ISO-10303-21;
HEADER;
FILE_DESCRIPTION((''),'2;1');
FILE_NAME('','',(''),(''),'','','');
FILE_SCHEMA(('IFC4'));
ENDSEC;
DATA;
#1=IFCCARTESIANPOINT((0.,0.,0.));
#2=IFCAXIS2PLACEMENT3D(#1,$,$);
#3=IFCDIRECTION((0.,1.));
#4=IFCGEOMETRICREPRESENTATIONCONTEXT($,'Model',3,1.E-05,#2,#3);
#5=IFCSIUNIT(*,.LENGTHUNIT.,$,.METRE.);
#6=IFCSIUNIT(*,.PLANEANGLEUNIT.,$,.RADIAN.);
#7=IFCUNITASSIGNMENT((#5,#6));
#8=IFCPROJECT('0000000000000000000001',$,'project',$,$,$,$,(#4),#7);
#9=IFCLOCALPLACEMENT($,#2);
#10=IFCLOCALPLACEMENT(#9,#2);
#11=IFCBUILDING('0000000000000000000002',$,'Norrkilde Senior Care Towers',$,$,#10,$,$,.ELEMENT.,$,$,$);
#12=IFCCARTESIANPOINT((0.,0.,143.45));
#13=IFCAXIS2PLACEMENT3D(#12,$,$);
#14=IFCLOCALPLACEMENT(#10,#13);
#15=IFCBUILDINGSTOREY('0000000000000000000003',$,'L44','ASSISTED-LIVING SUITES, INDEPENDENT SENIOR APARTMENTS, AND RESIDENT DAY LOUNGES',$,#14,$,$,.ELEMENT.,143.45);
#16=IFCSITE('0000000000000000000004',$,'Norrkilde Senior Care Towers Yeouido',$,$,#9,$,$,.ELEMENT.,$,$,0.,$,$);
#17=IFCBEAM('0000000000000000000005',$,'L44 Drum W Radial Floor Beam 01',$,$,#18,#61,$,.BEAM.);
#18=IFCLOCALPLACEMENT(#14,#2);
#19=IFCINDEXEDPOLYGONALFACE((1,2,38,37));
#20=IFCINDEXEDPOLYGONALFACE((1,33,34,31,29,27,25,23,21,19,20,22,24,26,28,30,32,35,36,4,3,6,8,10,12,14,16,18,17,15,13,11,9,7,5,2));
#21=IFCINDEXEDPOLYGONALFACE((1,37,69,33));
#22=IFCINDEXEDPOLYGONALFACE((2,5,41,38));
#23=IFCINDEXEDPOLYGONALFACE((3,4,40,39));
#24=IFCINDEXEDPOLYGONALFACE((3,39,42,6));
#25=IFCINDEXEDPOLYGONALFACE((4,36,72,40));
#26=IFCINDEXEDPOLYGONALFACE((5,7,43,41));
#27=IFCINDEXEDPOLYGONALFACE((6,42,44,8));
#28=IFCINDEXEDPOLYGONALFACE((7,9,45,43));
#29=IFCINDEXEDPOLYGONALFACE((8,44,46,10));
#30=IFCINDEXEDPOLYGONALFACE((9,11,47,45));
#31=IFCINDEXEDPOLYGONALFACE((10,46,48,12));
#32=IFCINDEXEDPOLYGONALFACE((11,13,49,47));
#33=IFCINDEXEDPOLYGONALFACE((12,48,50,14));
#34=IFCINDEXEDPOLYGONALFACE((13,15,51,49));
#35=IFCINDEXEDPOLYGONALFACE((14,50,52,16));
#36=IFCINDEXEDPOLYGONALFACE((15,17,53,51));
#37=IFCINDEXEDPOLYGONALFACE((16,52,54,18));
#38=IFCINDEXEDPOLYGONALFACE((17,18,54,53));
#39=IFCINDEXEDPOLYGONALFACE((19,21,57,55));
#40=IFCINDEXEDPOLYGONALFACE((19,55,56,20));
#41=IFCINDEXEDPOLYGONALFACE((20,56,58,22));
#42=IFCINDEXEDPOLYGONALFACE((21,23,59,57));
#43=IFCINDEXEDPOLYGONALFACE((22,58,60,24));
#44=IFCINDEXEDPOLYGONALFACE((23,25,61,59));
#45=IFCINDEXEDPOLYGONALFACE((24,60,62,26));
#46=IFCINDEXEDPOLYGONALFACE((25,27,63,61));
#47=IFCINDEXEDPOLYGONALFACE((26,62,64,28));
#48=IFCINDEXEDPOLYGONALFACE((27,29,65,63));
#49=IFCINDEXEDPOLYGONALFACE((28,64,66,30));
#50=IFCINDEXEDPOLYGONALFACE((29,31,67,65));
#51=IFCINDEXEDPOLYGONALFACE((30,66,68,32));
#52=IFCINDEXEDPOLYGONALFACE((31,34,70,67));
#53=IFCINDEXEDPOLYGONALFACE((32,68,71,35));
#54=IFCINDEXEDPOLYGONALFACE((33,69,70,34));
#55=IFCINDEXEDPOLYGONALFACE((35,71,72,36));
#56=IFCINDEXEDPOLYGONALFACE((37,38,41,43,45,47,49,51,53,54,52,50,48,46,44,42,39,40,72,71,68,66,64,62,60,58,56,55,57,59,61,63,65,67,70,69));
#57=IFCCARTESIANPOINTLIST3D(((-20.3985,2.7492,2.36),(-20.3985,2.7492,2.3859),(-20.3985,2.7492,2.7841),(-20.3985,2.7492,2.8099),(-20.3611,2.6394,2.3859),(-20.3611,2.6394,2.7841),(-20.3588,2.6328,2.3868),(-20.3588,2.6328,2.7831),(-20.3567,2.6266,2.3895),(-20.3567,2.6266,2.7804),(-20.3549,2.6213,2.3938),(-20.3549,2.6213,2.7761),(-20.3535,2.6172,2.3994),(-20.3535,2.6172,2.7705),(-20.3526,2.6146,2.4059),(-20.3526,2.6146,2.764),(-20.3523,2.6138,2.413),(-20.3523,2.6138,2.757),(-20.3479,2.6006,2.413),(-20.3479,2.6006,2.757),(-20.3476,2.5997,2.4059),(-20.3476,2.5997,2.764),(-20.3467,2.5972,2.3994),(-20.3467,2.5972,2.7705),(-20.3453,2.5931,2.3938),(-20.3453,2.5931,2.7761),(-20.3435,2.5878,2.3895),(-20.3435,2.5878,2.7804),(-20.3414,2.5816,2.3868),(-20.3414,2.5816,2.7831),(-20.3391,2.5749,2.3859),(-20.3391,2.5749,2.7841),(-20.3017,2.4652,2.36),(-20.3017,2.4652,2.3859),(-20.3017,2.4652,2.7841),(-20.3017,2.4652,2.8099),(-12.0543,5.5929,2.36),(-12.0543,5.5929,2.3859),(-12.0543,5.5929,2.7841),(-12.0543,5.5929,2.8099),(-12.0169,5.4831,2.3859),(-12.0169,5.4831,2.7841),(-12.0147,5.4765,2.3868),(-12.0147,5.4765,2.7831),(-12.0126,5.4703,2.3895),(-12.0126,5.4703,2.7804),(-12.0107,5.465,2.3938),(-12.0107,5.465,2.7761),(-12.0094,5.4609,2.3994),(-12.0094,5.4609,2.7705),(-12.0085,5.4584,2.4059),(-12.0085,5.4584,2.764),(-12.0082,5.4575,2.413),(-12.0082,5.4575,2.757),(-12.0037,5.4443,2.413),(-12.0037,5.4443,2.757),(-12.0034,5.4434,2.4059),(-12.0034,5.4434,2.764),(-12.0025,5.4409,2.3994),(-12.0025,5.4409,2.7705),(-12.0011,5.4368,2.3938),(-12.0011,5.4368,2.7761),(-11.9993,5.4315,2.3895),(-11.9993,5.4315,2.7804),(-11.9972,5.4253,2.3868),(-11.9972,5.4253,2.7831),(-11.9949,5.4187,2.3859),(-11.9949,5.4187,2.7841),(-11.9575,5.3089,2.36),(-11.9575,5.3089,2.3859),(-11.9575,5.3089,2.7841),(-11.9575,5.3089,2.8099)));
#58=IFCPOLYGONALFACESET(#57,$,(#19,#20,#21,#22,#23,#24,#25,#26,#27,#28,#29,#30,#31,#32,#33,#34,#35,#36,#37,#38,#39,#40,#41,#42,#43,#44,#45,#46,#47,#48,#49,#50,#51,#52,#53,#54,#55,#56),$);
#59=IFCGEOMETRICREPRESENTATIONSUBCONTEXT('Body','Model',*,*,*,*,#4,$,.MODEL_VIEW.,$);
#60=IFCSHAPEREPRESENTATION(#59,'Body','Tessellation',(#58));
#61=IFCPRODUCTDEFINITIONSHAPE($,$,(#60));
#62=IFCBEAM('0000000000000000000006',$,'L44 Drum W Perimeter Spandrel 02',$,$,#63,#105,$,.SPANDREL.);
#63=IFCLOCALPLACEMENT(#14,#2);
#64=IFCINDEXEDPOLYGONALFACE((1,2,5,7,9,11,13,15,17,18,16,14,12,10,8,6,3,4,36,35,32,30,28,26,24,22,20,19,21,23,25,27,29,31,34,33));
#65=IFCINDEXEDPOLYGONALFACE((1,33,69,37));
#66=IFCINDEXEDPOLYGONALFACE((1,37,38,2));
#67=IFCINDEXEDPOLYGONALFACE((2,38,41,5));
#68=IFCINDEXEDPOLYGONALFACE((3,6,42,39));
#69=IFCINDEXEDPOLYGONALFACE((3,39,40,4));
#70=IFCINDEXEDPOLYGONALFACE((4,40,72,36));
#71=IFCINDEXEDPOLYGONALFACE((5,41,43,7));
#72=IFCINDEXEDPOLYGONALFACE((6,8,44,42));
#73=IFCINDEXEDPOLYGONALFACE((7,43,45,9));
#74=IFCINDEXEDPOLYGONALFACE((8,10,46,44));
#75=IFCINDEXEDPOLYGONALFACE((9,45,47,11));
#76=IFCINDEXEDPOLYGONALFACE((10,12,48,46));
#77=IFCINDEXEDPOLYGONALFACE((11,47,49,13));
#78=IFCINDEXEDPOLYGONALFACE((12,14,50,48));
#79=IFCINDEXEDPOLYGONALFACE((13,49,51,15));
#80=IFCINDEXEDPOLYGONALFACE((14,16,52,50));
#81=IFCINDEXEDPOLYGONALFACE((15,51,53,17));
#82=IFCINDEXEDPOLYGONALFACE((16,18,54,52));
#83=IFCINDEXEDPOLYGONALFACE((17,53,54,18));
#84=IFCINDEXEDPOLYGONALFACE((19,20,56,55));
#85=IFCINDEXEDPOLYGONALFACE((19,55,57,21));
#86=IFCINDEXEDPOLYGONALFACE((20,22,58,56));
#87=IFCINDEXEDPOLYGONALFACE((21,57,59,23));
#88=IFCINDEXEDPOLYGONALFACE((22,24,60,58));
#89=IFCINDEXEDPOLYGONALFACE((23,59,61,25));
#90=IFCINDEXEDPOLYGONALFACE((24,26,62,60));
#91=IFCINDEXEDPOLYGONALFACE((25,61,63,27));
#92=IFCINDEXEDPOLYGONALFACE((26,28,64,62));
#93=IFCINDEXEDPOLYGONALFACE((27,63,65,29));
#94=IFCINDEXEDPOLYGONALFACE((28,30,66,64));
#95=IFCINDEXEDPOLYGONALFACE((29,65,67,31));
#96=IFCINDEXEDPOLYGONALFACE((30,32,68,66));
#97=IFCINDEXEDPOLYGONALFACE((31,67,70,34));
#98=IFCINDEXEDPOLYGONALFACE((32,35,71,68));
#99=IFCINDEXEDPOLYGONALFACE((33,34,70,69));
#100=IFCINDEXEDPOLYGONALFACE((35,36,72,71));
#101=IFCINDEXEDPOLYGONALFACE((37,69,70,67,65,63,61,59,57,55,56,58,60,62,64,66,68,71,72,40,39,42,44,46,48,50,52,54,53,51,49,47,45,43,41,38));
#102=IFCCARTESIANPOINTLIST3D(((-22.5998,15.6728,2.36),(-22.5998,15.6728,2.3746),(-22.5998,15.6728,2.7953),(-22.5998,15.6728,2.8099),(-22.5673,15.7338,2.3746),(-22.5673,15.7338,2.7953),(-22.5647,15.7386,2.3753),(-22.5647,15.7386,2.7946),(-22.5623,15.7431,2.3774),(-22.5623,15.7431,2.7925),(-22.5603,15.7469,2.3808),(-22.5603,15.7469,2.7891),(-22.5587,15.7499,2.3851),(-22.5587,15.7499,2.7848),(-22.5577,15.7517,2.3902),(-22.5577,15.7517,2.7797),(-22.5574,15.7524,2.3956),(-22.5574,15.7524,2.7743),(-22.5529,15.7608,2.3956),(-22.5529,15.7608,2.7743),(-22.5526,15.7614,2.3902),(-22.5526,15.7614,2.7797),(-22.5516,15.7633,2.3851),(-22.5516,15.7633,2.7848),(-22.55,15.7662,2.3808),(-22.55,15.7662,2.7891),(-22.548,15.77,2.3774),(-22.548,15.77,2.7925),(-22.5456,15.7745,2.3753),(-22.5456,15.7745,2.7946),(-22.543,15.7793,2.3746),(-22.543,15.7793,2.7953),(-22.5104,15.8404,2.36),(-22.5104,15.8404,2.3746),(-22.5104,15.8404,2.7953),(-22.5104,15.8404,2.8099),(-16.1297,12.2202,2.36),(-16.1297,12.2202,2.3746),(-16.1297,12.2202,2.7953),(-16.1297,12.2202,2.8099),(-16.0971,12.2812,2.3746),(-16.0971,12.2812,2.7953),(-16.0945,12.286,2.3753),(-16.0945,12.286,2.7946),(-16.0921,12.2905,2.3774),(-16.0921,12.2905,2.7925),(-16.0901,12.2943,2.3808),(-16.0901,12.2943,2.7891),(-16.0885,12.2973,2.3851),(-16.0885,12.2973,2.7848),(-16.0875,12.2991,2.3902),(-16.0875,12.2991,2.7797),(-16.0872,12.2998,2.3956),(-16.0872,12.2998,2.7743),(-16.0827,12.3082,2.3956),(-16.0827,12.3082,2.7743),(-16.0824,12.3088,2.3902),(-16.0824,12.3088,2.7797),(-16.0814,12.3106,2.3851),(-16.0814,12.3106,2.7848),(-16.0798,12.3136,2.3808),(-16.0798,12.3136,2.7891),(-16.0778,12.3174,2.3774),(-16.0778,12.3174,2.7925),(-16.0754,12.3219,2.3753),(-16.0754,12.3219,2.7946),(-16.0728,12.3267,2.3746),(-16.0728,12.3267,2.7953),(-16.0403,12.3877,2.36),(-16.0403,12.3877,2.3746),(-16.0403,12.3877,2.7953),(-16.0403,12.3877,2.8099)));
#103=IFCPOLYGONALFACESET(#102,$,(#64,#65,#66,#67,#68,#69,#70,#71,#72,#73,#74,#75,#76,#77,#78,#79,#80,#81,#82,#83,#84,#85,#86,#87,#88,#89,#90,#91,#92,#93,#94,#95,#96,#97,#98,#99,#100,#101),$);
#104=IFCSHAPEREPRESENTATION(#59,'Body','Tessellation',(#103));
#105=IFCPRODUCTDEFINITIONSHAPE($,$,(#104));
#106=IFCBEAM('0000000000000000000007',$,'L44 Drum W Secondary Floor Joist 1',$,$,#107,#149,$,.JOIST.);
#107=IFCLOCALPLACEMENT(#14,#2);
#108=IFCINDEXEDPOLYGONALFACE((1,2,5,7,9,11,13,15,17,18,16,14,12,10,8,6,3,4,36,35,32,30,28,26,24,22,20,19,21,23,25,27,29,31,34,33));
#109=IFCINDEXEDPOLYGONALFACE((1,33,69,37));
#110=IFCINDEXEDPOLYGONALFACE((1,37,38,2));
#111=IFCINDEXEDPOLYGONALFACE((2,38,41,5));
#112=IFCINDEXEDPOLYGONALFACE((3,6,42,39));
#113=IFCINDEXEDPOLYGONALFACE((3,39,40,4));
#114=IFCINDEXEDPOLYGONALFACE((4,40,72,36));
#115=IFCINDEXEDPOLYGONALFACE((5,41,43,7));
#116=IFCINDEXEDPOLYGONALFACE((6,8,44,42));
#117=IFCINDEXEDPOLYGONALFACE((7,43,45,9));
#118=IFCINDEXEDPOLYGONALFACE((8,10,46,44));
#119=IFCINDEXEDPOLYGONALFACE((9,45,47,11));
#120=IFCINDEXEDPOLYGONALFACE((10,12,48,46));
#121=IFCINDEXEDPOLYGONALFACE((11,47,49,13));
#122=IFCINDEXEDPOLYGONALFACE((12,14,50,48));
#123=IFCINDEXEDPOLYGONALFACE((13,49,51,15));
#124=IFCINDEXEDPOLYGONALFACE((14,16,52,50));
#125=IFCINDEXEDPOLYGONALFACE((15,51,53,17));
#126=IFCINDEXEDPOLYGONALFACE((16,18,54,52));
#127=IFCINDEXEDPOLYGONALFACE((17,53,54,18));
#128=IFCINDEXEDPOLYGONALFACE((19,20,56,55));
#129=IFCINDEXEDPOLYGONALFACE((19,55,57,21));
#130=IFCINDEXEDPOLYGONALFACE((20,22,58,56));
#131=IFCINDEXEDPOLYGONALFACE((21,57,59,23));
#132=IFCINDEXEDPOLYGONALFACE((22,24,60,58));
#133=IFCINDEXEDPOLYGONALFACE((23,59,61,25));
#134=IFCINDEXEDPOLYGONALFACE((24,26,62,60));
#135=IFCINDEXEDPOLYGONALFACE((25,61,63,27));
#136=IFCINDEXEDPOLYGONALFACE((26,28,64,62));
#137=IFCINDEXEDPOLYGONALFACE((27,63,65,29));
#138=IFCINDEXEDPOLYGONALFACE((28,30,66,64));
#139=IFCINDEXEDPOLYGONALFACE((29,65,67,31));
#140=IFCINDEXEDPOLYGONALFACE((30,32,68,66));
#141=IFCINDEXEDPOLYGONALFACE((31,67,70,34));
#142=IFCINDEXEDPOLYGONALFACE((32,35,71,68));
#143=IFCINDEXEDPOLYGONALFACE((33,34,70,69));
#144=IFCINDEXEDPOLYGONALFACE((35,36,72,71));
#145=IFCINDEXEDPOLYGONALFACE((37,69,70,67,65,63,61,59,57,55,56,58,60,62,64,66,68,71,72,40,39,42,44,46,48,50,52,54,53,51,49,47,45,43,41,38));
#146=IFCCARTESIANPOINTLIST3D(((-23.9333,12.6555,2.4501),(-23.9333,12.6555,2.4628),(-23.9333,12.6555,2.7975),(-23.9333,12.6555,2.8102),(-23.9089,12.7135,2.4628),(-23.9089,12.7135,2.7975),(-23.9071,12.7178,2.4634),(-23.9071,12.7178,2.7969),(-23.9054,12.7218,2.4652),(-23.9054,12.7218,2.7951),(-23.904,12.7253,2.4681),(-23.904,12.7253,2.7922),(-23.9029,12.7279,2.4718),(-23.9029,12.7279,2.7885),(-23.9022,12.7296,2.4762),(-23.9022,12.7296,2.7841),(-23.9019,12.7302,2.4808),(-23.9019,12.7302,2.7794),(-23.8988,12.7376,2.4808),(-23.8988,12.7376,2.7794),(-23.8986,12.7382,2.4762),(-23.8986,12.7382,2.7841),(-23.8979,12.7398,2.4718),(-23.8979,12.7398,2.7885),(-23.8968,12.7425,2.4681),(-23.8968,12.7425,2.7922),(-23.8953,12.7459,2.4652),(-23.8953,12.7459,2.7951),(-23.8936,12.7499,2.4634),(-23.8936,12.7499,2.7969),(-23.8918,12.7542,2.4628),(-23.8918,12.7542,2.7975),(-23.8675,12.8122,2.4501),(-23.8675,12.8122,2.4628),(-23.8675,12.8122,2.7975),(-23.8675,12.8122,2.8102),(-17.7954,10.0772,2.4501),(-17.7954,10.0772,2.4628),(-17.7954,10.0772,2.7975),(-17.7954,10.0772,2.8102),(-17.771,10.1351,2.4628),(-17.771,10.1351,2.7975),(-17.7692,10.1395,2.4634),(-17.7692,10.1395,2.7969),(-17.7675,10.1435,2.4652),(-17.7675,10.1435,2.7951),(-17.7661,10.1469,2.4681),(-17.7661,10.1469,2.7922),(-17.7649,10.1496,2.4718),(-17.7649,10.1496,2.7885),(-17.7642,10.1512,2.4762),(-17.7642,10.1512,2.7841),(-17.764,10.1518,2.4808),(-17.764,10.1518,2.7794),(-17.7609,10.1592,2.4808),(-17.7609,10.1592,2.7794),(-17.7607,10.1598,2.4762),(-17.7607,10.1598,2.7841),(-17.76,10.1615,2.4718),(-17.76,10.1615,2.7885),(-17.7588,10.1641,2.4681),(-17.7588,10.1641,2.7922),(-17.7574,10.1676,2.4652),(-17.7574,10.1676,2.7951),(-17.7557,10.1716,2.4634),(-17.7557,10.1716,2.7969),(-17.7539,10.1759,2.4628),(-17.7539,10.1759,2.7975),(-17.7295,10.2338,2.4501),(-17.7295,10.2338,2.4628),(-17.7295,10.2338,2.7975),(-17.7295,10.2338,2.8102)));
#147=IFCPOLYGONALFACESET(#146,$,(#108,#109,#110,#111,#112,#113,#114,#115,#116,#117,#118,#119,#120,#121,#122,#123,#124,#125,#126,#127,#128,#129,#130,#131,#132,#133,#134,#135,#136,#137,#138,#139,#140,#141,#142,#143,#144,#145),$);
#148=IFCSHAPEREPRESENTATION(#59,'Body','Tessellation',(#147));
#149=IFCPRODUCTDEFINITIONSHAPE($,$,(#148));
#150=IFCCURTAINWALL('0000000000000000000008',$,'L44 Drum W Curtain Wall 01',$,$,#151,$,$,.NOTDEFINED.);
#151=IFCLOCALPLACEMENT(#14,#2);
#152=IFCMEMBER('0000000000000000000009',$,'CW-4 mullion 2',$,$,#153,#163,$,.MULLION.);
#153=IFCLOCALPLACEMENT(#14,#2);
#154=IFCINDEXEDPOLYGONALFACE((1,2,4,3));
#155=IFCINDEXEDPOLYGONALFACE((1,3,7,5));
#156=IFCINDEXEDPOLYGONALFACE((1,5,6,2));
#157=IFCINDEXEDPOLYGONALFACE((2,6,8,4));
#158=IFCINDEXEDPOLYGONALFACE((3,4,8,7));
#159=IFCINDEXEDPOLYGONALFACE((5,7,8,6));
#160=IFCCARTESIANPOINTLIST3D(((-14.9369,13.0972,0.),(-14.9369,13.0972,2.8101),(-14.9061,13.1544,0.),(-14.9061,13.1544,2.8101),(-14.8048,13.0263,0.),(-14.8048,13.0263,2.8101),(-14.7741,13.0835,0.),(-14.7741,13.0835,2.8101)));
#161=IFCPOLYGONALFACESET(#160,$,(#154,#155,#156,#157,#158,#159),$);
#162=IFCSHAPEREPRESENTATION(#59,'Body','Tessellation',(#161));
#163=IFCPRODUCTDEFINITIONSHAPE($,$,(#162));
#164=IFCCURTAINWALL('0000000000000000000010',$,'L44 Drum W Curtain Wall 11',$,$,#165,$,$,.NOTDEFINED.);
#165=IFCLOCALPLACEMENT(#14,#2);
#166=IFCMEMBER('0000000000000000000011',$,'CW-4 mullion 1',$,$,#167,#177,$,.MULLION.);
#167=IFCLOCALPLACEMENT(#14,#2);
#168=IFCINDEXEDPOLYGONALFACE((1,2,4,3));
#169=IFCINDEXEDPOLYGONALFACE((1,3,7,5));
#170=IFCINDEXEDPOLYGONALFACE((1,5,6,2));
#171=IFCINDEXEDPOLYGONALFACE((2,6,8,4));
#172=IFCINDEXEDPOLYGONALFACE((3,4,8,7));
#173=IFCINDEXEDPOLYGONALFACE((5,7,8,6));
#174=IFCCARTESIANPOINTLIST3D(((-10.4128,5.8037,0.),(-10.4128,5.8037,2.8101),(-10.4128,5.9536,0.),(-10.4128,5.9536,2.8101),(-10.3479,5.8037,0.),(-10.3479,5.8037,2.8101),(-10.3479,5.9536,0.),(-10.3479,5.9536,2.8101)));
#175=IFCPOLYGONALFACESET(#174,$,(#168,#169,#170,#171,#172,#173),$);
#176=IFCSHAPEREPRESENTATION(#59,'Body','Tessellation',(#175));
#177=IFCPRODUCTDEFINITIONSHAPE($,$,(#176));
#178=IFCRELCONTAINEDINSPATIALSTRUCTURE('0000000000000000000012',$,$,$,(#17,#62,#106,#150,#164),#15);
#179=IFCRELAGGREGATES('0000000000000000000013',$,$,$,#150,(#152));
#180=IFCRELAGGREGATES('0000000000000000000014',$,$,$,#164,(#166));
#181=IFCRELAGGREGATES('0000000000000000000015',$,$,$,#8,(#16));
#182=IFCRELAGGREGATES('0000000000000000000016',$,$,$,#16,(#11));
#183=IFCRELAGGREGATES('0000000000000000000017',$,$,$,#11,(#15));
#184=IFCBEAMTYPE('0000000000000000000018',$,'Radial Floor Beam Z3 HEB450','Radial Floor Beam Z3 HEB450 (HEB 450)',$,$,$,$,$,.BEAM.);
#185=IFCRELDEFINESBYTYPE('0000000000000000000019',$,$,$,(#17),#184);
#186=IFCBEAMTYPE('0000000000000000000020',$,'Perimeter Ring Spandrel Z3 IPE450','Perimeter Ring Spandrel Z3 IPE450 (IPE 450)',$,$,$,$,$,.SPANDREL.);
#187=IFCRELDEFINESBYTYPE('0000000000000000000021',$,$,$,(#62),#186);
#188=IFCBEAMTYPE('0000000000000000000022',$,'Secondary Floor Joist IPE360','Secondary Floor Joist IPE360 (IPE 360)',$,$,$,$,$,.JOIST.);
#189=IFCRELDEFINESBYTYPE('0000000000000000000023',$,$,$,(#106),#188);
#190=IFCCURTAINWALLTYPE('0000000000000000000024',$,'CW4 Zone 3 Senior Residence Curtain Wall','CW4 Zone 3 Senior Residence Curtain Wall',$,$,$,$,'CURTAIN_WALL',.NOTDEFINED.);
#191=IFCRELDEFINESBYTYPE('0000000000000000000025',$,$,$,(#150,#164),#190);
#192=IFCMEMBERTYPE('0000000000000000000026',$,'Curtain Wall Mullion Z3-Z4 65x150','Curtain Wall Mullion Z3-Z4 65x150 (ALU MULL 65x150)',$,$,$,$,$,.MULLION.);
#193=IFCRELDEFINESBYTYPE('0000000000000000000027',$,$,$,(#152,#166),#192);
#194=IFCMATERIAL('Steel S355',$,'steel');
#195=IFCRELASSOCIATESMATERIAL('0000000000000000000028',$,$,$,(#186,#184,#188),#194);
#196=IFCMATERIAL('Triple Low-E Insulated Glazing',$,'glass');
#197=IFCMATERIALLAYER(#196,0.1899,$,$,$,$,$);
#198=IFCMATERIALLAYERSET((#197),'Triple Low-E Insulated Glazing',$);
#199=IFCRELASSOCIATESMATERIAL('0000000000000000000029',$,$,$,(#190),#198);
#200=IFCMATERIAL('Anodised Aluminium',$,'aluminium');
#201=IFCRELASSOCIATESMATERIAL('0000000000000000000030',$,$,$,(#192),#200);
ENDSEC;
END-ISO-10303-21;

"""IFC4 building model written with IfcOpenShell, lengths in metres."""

from ifc_helpers import new_model, si_unit, direction, frame, origin, origin_2d, place, context, subcontext, project, spatial, rectangle, i_section, extrude, source, transform, mapped, material, layer, layer_set, material_profile, profile_set, type_object, type_shapes, element, aggregate, save


model = new_model("IFC4")

# Units and contexts
model_context = context("Model", 3, precision=1e-05, world=origin(), true_north=direction((0.0, 1.0)))
body_context = subcontext(model_context, "Body", "Model", "MODEL_VIEW")
ifc_project = project(units=[si_unit("LENGTHUNIT", "METRE"), si_unit("PLANEANGLEUNIT", "RADIAN")], contexts=[model_context])

# Site, building, storey
site_placement = place(None, origin())
site = spatial("IfcSite", under=ifc_project, at=site_placement, Name="Norrkilde Senior Care Towers Yeouido", CompositionType="ELEMENT", RefElevation=0.0)
building_placement = place(site_placement, origin())
building = spatial("IfcBuilding", under=site, at=building_placement, Name="Norrkilde Senior Care Towers", CompositionType="ELEMENT")
storey_placement = place(building_placement, frame((0.0, 0.0, 143.45)))
storey = spatial("IfcBuildingStorey", under=building, at=storey_placement, Name="L44", Description="ASSISTED-LIVING SUITES, INDEPENDENT SENIOR APARTMENTS, AND RESIDENT DAY LOUNGES", CompositionType="ELEMENT", Elevation=143.45)

# Beams
ifc_material_1 = material(Name="Steel S355", Category="steel")
ifc_material_profile_1 = material_profile(ifc_material_1, i_section(OverallWidth=0.1899, OverallDepth=0.45, WebThickness=0.0095, FlangeThickness=0.0146, FilletRadius=0.021, at=origin_2d()), Name="IPE 450")
ifc_profile_set_1 = profile_set([ifc_material_profile_1], Name="Steel S355")
beam_type_1 = type_object("IfcBeamType", Name="Perimeter Ring Spandrel Z3 IPE450", Description="Perimeter Ring Spandrel Z3 IPE450 (IPE 450)", PredefinedType="SPANDREL", material=ifc_profile_set_1)
ifc_material_profile_2 = material_profile(ifc_material_1, i_section(OverallWidth=0.3, OverallDepth=0.45, WebThickness=0.0139, FlangeThickness=0.0259, FilletRadius=0.0271, at=origin_2d()), Name="HEB 450")
ifc_profile_set_2 = profile_set([ifc_material_profile_2], Name="Steel S355")
beam_type_2 = type_object("IfcBeamType", Name="Radial Floor Beam Z3 HEB450", Description="Radial Floor Beam Z3 HEB450 (HEB 450)", PredefinedType="BEAM", material=ifc_profile_set_2)
shared_shape_1 = source(origin(), body_context, "Body", "SweptSolid", [
    extrude(i_section(OverallWidth=0.3, OverallDepth=0.45, WebThickness=0.0139, FlangeThickness=0.0259, FilletRadius=0.0271, at=origin_2d()), origin(), (0.0, 0.0, 1.0), 8.8154),
])
type_shapes(beam_type_2, [shared_shape_1])
beam_1_placement = place(storey_placement, frame((-20.3501, 2.6072, 2.585), z_axis=(0.946541, 0.322585, 0.0), x_axis=(-0.322585, 0.946541, 0.0)))
element("IfcBeam", 1, at=beam_1_placement, inside=storey, type_object=beam_type_2, Name="L44 Drum W Radial Floor Beam 01", PredefinedType="BEAM", context=body_context, shape_type="MappedRepresentation", body=[
    mapped(shared_shape_1, transform((0.0, 0.0, 0.0), x_axis=(1.0, 0.0, 0.0), y_axis=(0.0, 1.0, 0.0), z_axis=(0.0, 0.0, 1.0), scale=1.0)),
])
shared_shape_2 = source(origin(), body_context, "Body", "SweptSolid", [
    extrude(i_section(OverallWidth=0.1899, OverallDepth=0.45, WebThickness=0.0095, FlangeThickness=0.0146, FilletRadius=0.021, at=origin_2d()), origin(), (0.0, 0.0, 1.0), 7.3337),
])
beam_2_placement = place(storey_placement, frame((-16.085, 12.304, 2.585), z_axis=(-0.882248, 0.470785, 0.0), x_axis=(-0.470785, -0.882248, 0.0)))
element("IfcBeam", 2, at=beam_2_placement, inside=storey, type_object=beam_type_1, Name="L44 Drum W Perimeter Spandrel 02", PredefinedType="SPANDREL", context=body_context, shape_type="MappedRepresentation", body=[
    mapped(shared_shape_2, transform((0.0, 0.0, 0.0), x_axis=(1.0, 0.0, 0.0), y_axis=(0.0, 1.0, 0.0), z_axis=(0.0, 0.0, 1.0), scale=1.0)),
])
ifc_material_profile_3 = material_profile(ifc_material_1, i_section(OverallWidth=0.1699, OverallDepth=0.3601, WebThickness=0.0081, FlangeThickness=0.0127, FilletRadius=0.0181, at=origin_2d()), Name="IPE 360")
ifc_profile_set_3 = profile_set([ifc_material_profile_3], Name="Steel S355")
beam_type_3 = type_object("IfcBeamType", Name="Secondary Floor Joist IPE360", Description="Secondary Floor Joist IPE360 (IPE 360)", PredefinedType="JOIST", material=ifc_profile_set_3)
shared_shape_3 = source(origin(), body_context, "Body", "SweptSolid", [
    extrude(i_section(OverallWidth=0.1699, OverallDepth=0.3601, WebThickness=0.0081, FlangeThickness=0.0127, FilletRadius=0.0181, at=origin_2d()), origin(), (0.0, 0.0, 1.0), 6.6575),
])
type_shapes(beam_type_3, [shared_shape_3])
beam_3_placement = place(storey_placement, frame((-17.7625, 10.1555, 2.6301), z_axis=(-0.921959, 0.387288, 0.0), x_axis=(-0.387288, -0.921959, 0.0)))
element("IfcBeam", 3, at=beam_3_placement, inside=storey, type_object=beam_type_3, Name="L44 Drum W Secondary Floor Joist 1", PredefinedType="JOIST", context=body_context, shape_type="MappedRepresentation", body=[
    mapped(shared_shape_3, transform((0.0, 0.0, 0.0), x_axis=(1.0, 0.0, 0.0), y_axis=(0.0, 1.0, 0.0), z_axis=(0.0, 0.0, 1.0), scale=1.0)),
])

# Curtain wall, member
ifc_material_2 = material(Name="Triple Low-E Insulated Glazing", Category="glass")
ifc_layer_1 = layer(ifc_material_2, 0.1899)
ifc_layer_set_1 = layer_set([ifc_layer_1], Name="Triple Low-E Insulated Glazing")
curtain_wall_type = type_object("IfcCurtainWallType", Name="CW4 Zone 3 Senior Residence Curtain Wall", Description="CW4 Zone 3 Senior Residence Curtain Wall", ElementType="CURTAIN_WALL", PredefinedType="NOTDEFINED", material=ifc_layer_set_1)
curtain_wall_1_placement = place(storey_placement, origin())
curtain_wall_1 = element("IfcCurtainWall", 4, at=curtain_wall_1_placement, inside=storey, type_object=curtain_wall_type, Name="L44 Drum W Curtain Wall 01", PredefinedType="NOTDEFINED")
ifc_material_3 = material(Name="Anodised Aluminium", Category="aluminium")
ifc_material_profile_4 = material_profile(ifc_material_3, rectangle(XDim=0.0649, YDim=0.1499, at=origin_2d()), Name="ALU MULL 65x150")
ifc_profile_set_4 = profile_set([ifc_material_profile_4], Name="Anodised Aluminium")
member_type_1 = type_object("IfcMemberType", Name="Curtain Wall Mullion Z3-Z4 65x150", Description="Curtain Wall Mullion Z3-Z4 65x150 (ALU MULL 65x150)", PredefinedType="MULLION", material=ifc_profile_set_4)
shared_shape_4 = source(origin(), body_context, "Body", "SweptSolid", [
    extrude(rectangle(XDim=0.0649, YDim=0.1499, at=origin_2d()), origin(), (0.0, 0.0, 1.0), 2.8101),
])
type_shapes(member_type_1, [shared_shape_4])
member_1_placement = place(storey_placement, frame((-14.8555, 13.0903, 0.0), z_axis=(0.0, 0.0, 1.0), x_axis=(0.473117, 0.881, 0.0)))
member_1 = element("IfcMember", 5, at=member_1_placement, type_object=member_type_1, Name="CW-4 mullion 2", PredefinedType="MULLION", context=body_context, shape_type="MappedRepresentation", body=[
    mapped(shared_shape_4, transform((0.0, 0.0, 0.0), x_axis=(1.0, 0.0, 0.0), y_axis=(0.0, 1.0, 0.0), z_axis=(0.0, 0.0, 1.0), scale=1.0)),
])

# Curtain wall, member
curtain_wall_2_placement = place(storey_placement, origin())
curtain_wall_2 = element("IfcCurtainWall", 6, at=curtain_wall_2_placement, inside=storey, type_object=curtain_wall_type, Name="L44 Drum W Curtain Wall 11", PredefinedType="NOTDEFINED")
member_2_placement = place(storey_placement, frame((-10.3804, 5.8787, 0.0), z_axis=(0.0, 0.0, 1.0), x_axis=(1.0, 0.0, 0.0)))
member_2 = element("IfcMember", 7, at=member_2_placement, type_object=member_type_1, Name="CW-4 mullion 1", PredefinedType="MULLION", context=body_context, shape_type="MappedRepresentation", body=[
    mapped(shared_shape_4, transform((0.0, 0.0, 0.0), x_axis=(1.0, 0.0, 0.0), y_axis=(0.0, 1.0, 0.0), z_axis=(0.0, 0.0, 1.0), scale=1.0)),
])

aggregate(curtain_wall_1, [member_1])
aggregate(curtain_wall_2, [member_2])

save(model, "model.ifc")
